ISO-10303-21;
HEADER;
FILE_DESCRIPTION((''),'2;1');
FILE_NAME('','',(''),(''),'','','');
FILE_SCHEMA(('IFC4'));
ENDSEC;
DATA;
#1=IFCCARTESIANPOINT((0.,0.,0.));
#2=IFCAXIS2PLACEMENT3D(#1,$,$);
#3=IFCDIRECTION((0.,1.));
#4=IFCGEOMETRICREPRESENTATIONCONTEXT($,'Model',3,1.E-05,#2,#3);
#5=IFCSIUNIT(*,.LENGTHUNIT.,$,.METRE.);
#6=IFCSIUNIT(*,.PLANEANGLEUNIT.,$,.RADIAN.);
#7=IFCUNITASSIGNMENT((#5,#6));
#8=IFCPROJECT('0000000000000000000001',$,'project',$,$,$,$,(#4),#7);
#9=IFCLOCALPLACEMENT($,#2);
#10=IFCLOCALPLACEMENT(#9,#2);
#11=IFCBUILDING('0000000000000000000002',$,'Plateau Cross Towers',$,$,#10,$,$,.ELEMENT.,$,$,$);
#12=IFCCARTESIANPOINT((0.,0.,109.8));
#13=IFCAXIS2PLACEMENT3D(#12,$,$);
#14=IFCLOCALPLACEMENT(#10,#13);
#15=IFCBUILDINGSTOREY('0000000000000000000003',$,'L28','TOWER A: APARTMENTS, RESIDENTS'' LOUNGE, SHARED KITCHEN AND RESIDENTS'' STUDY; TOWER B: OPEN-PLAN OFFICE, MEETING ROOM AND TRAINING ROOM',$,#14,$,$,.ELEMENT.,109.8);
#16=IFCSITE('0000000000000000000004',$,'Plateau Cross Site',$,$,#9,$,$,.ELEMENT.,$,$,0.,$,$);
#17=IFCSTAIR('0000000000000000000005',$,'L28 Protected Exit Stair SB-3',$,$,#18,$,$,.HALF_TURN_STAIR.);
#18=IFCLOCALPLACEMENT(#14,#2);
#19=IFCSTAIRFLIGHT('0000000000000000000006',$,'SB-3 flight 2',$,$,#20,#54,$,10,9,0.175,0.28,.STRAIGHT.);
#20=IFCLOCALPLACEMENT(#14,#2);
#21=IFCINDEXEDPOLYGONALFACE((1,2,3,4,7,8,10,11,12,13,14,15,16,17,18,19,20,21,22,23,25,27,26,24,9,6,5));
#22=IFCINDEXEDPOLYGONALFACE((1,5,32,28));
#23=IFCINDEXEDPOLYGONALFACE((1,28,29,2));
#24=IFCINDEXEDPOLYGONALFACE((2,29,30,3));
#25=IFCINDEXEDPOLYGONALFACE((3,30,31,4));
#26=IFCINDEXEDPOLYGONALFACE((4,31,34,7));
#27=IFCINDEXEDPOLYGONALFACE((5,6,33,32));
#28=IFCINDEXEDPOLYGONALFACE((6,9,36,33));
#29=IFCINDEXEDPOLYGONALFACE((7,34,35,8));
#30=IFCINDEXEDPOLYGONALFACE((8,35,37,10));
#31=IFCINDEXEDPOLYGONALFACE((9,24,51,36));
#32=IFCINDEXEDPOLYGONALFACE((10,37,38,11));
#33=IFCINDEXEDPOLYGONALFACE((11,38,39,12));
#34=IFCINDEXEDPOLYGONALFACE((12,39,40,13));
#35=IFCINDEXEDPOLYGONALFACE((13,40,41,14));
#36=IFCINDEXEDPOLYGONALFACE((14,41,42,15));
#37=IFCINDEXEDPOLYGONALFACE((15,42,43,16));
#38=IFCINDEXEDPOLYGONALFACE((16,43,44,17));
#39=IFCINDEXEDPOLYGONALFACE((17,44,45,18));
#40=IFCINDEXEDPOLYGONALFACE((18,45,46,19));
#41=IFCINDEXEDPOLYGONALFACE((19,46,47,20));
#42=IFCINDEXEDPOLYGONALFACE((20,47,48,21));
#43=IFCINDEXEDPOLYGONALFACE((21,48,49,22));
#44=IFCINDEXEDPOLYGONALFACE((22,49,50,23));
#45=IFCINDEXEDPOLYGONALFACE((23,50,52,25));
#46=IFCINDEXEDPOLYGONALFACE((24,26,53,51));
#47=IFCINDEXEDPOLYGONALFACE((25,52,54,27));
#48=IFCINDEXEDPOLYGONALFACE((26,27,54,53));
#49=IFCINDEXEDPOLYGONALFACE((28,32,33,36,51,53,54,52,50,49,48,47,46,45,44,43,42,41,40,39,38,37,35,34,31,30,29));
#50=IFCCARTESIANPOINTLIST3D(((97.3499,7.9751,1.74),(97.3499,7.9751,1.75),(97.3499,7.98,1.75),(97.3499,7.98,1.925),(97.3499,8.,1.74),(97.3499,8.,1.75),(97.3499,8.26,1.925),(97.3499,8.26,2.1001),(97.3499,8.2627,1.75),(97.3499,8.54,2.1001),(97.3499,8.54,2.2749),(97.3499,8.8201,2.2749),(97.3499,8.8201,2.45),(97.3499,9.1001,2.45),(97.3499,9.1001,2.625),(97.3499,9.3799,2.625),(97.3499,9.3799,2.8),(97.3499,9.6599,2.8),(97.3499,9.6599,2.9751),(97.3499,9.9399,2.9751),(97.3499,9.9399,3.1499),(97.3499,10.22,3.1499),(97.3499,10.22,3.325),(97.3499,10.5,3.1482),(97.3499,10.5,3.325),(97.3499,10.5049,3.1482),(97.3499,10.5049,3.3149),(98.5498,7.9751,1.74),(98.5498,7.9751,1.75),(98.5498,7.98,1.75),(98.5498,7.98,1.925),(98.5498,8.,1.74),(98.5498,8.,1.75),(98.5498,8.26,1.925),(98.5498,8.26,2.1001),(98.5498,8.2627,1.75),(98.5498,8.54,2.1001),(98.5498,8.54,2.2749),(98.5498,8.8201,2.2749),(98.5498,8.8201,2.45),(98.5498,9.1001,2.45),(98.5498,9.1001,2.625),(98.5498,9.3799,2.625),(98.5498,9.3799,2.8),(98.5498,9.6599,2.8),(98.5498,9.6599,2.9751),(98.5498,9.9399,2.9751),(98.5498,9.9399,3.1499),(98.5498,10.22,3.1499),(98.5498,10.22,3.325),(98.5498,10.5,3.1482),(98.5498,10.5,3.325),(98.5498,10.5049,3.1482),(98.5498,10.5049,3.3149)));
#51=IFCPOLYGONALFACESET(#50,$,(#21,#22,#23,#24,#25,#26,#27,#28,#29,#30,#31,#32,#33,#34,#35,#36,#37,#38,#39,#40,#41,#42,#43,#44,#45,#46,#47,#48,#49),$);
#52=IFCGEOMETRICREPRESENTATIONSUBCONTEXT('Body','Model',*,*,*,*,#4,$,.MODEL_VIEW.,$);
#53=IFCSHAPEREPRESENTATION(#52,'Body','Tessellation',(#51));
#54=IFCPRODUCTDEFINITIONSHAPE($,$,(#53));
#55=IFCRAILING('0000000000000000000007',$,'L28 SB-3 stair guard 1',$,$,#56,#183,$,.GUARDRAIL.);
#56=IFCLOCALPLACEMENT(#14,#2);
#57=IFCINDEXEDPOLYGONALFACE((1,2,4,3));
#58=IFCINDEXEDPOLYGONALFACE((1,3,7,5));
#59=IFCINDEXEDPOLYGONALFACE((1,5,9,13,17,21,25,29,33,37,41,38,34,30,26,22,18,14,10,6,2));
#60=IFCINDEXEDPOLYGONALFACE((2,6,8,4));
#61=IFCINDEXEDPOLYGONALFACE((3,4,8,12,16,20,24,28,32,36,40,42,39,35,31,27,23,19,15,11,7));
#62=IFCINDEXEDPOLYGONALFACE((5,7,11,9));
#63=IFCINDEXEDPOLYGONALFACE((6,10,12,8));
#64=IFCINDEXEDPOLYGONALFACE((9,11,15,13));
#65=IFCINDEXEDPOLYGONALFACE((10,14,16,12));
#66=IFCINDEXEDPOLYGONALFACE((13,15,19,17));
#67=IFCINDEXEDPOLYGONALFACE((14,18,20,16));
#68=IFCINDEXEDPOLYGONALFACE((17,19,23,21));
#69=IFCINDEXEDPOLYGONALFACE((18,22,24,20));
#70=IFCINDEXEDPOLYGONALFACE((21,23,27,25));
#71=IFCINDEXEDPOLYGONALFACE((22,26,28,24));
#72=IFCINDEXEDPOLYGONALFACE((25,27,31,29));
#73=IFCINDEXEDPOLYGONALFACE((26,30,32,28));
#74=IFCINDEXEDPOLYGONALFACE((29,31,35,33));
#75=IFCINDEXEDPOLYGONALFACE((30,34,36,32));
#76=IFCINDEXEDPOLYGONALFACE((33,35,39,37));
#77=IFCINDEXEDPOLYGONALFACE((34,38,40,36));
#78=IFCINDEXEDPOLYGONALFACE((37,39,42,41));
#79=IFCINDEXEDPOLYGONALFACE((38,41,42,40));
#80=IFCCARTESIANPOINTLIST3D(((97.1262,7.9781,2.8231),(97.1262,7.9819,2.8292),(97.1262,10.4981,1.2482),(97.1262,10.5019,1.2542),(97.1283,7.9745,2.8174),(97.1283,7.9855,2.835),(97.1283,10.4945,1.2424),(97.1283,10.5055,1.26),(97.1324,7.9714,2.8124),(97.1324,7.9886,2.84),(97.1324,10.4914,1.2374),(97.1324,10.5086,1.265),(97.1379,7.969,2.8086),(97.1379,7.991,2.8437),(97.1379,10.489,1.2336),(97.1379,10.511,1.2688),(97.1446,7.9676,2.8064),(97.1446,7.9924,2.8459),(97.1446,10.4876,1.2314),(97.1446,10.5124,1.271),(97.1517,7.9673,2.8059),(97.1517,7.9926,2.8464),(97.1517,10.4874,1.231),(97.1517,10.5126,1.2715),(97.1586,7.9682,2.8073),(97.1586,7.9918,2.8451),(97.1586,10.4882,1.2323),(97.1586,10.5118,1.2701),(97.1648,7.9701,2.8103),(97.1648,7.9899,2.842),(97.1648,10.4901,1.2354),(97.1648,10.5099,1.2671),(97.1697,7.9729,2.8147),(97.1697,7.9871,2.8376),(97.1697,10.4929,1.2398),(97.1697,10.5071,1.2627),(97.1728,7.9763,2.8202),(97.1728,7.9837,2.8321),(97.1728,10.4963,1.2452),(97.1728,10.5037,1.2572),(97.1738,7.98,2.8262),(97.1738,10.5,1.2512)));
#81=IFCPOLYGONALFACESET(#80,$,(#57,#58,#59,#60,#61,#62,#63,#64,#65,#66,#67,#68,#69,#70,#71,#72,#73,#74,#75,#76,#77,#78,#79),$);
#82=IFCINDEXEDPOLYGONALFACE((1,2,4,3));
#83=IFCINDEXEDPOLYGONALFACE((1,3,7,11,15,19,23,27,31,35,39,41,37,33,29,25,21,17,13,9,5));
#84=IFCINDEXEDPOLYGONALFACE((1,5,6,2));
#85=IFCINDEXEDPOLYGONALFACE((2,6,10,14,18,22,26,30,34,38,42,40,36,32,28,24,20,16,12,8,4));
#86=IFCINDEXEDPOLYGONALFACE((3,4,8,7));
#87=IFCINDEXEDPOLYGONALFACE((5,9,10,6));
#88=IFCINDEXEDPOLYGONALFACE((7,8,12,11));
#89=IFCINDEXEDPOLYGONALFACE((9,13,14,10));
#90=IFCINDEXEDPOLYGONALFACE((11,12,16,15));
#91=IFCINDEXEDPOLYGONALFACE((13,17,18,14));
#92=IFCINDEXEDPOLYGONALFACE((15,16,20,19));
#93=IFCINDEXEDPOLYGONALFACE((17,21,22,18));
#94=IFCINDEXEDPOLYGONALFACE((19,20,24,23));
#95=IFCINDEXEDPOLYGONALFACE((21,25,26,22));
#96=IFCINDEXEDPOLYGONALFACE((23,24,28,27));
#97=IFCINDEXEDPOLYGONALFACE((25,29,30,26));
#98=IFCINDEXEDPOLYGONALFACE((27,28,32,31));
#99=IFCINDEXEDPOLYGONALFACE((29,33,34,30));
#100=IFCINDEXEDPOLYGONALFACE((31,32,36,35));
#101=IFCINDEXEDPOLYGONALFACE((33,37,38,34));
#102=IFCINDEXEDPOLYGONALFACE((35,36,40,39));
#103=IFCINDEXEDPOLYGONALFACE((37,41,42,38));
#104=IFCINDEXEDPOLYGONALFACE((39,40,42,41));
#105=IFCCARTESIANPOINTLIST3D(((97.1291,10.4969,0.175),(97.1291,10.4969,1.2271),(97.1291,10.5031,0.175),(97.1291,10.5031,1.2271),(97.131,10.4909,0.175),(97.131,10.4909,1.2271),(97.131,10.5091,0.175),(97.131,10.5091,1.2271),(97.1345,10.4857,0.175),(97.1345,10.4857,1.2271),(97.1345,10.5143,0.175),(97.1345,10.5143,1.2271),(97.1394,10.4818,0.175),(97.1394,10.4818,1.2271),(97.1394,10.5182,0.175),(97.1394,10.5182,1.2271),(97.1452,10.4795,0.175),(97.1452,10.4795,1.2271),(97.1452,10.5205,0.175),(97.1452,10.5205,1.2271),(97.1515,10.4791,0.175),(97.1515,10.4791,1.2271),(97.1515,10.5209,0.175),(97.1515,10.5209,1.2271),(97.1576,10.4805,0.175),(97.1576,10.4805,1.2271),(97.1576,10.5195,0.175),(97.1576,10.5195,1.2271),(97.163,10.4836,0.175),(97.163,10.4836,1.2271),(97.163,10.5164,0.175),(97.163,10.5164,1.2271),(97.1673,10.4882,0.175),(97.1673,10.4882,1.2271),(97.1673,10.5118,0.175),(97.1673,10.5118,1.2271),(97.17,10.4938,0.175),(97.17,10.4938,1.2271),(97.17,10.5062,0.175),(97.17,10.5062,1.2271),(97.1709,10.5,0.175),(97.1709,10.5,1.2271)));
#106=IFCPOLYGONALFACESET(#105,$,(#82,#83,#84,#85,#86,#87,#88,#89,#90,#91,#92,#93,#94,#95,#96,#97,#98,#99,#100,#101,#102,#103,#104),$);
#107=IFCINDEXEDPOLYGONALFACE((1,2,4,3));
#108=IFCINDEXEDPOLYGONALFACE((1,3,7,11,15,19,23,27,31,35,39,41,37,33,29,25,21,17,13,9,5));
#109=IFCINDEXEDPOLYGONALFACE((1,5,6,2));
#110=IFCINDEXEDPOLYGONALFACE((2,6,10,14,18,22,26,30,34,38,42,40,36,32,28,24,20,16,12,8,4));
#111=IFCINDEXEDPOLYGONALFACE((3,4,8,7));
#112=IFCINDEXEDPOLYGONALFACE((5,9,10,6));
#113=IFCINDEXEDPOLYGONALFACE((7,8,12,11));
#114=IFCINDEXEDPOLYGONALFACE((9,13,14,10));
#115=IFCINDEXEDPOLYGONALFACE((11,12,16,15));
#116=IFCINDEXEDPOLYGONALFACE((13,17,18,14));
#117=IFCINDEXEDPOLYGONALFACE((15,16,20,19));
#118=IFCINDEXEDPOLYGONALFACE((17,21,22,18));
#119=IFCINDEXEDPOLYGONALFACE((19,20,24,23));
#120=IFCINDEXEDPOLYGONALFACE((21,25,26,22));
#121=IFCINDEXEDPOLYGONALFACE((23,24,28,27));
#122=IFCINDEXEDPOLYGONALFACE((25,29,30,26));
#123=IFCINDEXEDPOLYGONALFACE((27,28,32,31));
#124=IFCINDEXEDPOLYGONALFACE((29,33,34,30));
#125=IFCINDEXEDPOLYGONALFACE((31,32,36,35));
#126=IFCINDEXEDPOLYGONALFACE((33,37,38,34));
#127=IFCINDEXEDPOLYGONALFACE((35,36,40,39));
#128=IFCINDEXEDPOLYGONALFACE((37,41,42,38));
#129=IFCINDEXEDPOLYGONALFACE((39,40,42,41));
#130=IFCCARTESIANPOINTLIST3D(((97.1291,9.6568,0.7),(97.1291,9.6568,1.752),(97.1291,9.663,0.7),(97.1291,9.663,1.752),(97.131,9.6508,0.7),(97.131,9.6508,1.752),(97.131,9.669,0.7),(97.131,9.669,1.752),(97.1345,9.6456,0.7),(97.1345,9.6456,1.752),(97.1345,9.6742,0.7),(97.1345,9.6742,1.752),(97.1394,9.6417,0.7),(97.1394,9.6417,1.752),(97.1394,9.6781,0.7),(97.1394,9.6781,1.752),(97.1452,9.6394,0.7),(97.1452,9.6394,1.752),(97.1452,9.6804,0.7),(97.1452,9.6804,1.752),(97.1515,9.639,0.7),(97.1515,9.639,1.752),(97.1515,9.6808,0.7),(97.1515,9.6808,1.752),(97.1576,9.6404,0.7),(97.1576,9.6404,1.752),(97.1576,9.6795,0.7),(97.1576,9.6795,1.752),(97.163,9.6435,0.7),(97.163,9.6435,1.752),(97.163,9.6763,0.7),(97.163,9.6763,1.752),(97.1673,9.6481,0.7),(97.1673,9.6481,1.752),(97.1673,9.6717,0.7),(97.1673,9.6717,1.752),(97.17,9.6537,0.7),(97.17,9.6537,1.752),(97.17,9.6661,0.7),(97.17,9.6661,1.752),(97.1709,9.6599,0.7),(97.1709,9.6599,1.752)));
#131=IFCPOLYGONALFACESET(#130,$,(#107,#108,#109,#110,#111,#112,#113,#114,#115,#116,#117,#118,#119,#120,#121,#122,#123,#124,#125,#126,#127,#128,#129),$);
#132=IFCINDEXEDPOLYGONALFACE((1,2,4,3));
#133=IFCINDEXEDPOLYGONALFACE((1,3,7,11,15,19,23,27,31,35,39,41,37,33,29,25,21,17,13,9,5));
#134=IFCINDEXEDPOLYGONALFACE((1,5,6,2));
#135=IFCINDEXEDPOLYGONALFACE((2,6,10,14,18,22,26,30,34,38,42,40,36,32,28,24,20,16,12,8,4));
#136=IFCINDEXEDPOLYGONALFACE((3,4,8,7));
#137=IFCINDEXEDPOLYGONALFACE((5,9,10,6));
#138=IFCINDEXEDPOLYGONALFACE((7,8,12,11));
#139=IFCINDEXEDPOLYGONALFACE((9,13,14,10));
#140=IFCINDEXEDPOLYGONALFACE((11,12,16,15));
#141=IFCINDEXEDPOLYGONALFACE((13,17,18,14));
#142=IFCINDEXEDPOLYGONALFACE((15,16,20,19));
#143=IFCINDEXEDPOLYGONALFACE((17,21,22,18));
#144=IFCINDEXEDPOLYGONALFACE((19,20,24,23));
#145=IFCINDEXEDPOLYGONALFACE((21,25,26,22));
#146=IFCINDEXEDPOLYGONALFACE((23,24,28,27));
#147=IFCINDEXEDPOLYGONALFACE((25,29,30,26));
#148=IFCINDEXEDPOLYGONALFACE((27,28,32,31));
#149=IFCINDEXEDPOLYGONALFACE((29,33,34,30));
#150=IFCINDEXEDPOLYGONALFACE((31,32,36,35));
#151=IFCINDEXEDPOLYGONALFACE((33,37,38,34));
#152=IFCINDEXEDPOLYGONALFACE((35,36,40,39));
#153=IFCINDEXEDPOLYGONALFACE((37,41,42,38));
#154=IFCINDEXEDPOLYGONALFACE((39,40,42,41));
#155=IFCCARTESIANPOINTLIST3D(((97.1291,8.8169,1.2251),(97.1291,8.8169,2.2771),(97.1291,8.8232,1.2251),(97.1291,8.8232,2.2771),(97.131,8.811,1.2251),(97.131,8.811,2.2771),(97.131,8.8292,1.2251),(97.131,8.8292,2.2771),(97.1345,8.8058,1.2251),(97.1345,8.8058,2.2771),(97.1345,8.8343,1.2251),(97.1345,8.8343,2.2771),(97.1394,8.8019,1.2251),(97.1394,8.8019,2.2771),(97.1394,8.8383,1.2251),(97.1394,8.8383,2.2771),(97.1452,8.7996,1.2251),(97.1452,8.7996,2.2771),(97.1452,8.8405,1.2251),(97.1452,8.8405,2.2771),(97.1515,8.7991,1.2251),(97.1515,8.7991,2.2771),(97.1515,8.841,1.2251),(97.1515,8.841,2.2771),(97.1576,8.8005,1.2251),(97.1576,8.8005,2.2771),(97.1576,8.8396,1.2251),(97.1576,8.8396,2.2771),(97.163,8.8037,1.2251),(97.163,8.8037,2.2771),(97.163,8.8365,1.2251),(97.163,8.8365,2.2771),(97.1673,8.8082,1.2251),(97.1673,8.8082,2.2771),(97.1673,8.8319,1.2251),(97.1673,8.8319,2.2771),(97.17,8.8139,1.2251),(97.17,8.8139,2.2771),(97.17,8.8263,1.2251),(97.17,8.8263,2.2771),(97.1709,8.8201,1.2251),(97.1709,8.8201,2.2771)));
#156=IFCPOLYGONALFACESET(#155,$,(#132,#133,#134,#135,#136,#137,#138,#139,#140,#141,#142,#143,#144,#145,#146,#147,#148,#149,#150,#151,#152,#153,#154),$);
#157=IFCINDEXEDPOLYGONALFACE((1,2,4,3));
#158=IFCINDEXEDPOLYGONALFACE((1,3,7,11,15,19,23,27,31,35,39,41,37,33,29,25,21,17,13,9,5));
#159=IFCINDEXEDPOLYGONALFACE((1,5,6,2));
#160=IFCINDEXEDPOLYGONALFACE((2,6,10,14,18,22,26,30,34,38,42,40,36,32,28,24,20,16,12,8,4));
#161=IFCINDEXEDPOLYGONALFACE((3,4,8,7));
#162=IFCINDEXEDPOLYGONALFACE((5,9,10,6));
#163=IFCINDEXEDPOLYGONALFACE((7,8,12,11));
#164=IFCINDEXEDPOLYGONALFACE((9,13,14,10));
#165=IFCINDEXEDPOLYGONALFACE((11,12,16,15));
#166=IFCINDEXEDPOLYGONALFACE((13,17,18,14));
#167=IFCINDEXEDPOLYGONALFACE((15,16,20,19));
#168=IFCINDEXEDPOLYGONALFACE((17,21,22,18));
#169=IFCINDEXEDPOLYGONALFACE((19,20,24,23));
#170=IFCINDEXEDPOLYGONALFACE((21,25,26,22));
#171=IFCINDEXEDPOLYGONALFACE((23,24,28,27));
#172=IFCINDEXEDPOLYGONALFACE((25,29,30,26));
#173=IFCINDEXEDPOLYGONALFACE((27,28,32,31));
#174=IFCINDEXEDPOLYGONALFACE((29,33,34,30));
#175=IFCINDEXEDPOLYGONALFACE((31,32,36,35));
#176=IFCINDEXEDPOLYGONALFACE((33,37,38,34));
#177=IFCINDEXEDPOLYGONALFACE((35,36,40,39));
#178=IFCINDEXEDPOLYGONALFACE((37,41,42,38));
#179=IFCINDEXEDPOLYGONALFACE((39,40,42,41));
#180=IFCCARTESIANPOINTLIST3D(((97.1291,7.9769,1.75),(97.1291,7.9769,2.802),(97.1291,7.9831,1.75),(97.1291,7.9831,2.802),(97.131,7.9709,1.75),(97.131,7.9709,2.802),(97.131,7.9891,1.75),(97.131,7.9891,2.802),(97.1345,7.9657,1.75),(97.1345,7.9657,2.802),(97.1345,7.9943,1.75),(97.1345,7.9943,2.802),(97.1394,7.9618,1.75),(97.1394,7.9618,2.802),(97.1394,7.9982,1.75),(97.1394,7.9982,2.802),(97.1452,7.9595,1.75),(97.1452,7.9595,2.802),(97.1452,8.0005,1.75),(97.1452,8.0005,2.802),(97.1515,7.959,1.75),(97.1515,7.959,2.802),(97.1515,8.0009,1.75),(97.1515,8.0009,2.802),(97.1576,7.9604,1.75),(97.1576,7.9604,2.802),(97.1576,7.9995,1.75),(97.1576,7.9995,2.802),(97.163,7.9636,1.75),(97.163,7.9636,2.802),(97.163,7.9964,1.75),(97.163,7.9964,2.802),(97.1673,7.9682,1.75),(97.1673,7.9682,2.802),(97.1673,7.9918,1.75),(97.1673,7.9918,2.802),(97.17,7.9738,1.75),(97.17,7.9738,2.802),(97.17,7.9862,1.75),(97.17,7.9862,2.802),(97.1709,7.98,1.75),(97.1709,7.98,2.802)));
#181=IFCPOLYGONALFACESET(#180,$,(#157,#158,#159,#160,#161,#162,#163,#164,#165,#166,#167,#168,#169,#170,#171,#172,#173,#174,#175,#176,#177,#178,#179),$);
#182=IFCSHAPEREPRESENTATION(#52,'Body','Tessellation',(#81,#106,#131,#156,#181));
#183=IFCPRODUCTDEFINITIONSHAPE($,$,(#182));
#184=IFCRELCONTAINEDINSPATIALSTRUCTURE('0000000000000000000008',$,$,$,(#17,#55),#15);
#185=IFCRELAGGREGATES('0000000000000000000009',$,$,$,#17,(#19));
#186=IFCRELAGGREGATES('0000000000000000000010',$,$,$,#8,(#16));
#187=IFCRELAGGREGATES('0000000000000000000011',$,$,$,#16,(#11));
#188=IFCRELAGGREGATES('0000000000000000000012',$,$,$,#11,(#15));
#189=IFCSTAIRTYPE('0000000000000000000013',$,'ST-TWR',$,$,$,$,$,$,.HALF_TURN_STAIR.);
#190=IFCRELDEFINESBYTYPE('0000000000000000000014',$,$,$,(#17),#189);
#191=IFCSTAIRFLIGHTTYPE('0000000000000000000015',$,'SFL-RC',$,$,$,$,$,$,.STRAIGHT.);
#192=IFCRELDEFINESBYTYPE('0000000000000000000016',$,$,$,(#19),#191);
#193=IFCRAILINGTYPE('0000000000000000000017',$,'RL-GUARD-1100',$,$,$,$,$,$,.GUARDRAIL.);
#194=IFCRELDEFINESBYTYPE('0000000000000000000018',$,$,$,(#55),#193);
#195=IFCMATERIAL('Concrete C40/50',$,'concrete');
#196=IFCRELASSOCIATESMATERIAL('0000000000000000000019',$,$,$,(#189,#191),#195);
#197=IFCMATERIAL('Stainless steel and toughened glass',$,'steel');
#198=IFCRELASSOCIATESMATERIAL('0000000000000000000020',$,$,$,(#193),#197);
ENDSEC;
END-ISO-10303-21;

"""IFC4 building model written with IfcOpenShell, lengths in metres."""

from ifc_helpers import new_model, si_unit, direction, frame, origin, origin_2d, place, context, subcontext, project, spatial, polyline, circle, outline, extrude, material, type_object, element, aggregate, save


model = new_model("IFC4")

# Units and contexts
model_context = context("Model", 3, precision=1e-05, world=origin(), true_north=direction((0.0, 1.0)))
body_context = subcontext(model_context, "Body", "Model", "MODEL_VIEW")
ifc_project = project(units=[si_unit("LENGTHUNIT", "METRE"), si_unit("PLANEANGLEUNIT", "RADIAN")], contexts=[model_context])

# Site, building, storey
site_placement = place(None, origin())
site = spatial("IfcSite", under=ifc_project, at=site_placement, Name="Plateau Cross Site", CompositionType="ELEMENT", RefElevation=0.0)
building_placement = place(site_placement, origin())
building = spatial("IfcBuilding", under=site, at=building_placement, Name="Plateau Cross Towers", CompositionType="ELEMENT")
storey_placement = place(building_placement, frame((0.0, 0.0, 109.8)))
storey = spatial("IfcBuildingStorey", under=building, at=storey_placement, Name="L28", Description="TOWER A: APARTMENTS, RESIDENTS' LOUNGE, SHARED KITCHEN AND RESIDENTS' STUDY; TOWER B: OPEN-PLAN OFFICE, MEETING ROOM AND TRAINING ROOM", CompositionType="ELEMENT", Elevation=109.8)

# Stair, stair flight
ifc_material_1 = material(Name="Concrete C40/50", Category="concrete")
stair_type = type_object("IfcStairType", Name="ST-TWR", PredefinedType="HALF_TURN_STAIR", material=ifc_material_1)
stair_placement = place(storey_placement, origin())
stair = element("IfcStair", 1, at=stair_placement, inside=storey, type_object=stair_type, Name="L28 Protected Exit Stair SB-3", PredefinedType="HALF_TURN_STAIR")
stair_flight_type = type_object("IfcStairFlightType", Name="SFL-RC", PredefinedType="STRAIGHT", material=ifc_material_1)
stair_flight_1_placement = place(storey_placement, frame((97.95, 7.98, 1.75), z_axis=(0.0, 0.0, 1.0), x_axis=(0.0, 1.0, 0.0)))
stair_flight_1 = element("IfcStairFlight", 2, at=stair_flight_1_placement, type_object=stair_flight_type, Name="SB-3 flight 2", NumberOfRisers=10, NumberOfTreads=9, PredefinedType="STRAIGHT", RiserHeight=0.175, TreadLength=0.28, context=body_context, shape_type="SweptSolid", body=[
    extrude(outline(polyline([(-0.0049, -0.01), (-0.0049, 0.0), (0.0, 0.0), (0.0, 0.175), (0.28, 0.175), (0.28, 0.3501), (0.5601, 0.3501), (0.5601, 0.5249), (0.8401, 0.5249), (0.8401, 0.7), (1.1201, 0.7), (1.1201, 0.875), (1.3999, 0.875), (1.3999, 1.05), (1.6799, 1.05), (1.6799, 1.2251), (1.96, 1.2251), (1.96, 1.3999), (2.24, 1.3999), (2.24, 1.575), (2.52, 1.575), (2.5249, 1.5649), (2.5249, 1.3982), (2.52, 1.3982), (0.2827, 0.0), (0.02, 0.0), (0.02, -0.01), (-0.0049, -0.01)])), frame((0.0, 0.6001, 0.0), z_axis=(0.0, -1.0, 0.0), x_axis=(1.0, 0.0, 0.0)), (0.0, 0.0, 1.0), 1.2),
])
aggregate(stair, [stair_flight_1])

# Railing
ifc_material_2 = material(Name="Stainless steel and toughened glass", Category="steel")
railing_type_1 = type_object("IfcRailingType", Name="RL-GUARD-1100", PredefinedType="GUARDRAIL", material=ifc_material_2)
railing_1_placement = place(storey_placement, frame((97.1499, 10.5, 0.175)))
element("IfcRailing", 3, at=railing_1_placement, inside=storey, type_object=railing_type_1, Name="L28 SB-3 stair guard 1", PredefinedType="GUARDRAIL", context=body_context, shape_type="SweptSolid", body=[
    extrude(circle(Radius=0.0239, at=origin_2d()), frame((0.0, 0.0, 1.0762), z_axis=(0.0, -0.848008, 0.529984), x_axis=(1.0, 0.0, 0.0)), (0.0, 0.0, 1.0), 2.9717),
    extrude(circle(Radius=0.021, at=origin_2d()), origin(), (0.0, 0.0, 1.0), 1.052),
    extrude(circle(Radius=0.021, at=origin_2d()), frame((0.0, -0.8401, 0.5249)), (0.0, 0.0, 1.0), 1.052),
    extrude(circle(Radius=0.021, at=origin_2d()), frame((0.0, -1.6799, 1.05)), (0.0, 0.0, 1.0), 1.052),
    extrude(circle(Radius=0.021, at=origin_2d()), frame((0.0, -2.52, 1.575)), (0.0, 0.0, 1.0), 1.052),
])

save(model, "model.ifc")
